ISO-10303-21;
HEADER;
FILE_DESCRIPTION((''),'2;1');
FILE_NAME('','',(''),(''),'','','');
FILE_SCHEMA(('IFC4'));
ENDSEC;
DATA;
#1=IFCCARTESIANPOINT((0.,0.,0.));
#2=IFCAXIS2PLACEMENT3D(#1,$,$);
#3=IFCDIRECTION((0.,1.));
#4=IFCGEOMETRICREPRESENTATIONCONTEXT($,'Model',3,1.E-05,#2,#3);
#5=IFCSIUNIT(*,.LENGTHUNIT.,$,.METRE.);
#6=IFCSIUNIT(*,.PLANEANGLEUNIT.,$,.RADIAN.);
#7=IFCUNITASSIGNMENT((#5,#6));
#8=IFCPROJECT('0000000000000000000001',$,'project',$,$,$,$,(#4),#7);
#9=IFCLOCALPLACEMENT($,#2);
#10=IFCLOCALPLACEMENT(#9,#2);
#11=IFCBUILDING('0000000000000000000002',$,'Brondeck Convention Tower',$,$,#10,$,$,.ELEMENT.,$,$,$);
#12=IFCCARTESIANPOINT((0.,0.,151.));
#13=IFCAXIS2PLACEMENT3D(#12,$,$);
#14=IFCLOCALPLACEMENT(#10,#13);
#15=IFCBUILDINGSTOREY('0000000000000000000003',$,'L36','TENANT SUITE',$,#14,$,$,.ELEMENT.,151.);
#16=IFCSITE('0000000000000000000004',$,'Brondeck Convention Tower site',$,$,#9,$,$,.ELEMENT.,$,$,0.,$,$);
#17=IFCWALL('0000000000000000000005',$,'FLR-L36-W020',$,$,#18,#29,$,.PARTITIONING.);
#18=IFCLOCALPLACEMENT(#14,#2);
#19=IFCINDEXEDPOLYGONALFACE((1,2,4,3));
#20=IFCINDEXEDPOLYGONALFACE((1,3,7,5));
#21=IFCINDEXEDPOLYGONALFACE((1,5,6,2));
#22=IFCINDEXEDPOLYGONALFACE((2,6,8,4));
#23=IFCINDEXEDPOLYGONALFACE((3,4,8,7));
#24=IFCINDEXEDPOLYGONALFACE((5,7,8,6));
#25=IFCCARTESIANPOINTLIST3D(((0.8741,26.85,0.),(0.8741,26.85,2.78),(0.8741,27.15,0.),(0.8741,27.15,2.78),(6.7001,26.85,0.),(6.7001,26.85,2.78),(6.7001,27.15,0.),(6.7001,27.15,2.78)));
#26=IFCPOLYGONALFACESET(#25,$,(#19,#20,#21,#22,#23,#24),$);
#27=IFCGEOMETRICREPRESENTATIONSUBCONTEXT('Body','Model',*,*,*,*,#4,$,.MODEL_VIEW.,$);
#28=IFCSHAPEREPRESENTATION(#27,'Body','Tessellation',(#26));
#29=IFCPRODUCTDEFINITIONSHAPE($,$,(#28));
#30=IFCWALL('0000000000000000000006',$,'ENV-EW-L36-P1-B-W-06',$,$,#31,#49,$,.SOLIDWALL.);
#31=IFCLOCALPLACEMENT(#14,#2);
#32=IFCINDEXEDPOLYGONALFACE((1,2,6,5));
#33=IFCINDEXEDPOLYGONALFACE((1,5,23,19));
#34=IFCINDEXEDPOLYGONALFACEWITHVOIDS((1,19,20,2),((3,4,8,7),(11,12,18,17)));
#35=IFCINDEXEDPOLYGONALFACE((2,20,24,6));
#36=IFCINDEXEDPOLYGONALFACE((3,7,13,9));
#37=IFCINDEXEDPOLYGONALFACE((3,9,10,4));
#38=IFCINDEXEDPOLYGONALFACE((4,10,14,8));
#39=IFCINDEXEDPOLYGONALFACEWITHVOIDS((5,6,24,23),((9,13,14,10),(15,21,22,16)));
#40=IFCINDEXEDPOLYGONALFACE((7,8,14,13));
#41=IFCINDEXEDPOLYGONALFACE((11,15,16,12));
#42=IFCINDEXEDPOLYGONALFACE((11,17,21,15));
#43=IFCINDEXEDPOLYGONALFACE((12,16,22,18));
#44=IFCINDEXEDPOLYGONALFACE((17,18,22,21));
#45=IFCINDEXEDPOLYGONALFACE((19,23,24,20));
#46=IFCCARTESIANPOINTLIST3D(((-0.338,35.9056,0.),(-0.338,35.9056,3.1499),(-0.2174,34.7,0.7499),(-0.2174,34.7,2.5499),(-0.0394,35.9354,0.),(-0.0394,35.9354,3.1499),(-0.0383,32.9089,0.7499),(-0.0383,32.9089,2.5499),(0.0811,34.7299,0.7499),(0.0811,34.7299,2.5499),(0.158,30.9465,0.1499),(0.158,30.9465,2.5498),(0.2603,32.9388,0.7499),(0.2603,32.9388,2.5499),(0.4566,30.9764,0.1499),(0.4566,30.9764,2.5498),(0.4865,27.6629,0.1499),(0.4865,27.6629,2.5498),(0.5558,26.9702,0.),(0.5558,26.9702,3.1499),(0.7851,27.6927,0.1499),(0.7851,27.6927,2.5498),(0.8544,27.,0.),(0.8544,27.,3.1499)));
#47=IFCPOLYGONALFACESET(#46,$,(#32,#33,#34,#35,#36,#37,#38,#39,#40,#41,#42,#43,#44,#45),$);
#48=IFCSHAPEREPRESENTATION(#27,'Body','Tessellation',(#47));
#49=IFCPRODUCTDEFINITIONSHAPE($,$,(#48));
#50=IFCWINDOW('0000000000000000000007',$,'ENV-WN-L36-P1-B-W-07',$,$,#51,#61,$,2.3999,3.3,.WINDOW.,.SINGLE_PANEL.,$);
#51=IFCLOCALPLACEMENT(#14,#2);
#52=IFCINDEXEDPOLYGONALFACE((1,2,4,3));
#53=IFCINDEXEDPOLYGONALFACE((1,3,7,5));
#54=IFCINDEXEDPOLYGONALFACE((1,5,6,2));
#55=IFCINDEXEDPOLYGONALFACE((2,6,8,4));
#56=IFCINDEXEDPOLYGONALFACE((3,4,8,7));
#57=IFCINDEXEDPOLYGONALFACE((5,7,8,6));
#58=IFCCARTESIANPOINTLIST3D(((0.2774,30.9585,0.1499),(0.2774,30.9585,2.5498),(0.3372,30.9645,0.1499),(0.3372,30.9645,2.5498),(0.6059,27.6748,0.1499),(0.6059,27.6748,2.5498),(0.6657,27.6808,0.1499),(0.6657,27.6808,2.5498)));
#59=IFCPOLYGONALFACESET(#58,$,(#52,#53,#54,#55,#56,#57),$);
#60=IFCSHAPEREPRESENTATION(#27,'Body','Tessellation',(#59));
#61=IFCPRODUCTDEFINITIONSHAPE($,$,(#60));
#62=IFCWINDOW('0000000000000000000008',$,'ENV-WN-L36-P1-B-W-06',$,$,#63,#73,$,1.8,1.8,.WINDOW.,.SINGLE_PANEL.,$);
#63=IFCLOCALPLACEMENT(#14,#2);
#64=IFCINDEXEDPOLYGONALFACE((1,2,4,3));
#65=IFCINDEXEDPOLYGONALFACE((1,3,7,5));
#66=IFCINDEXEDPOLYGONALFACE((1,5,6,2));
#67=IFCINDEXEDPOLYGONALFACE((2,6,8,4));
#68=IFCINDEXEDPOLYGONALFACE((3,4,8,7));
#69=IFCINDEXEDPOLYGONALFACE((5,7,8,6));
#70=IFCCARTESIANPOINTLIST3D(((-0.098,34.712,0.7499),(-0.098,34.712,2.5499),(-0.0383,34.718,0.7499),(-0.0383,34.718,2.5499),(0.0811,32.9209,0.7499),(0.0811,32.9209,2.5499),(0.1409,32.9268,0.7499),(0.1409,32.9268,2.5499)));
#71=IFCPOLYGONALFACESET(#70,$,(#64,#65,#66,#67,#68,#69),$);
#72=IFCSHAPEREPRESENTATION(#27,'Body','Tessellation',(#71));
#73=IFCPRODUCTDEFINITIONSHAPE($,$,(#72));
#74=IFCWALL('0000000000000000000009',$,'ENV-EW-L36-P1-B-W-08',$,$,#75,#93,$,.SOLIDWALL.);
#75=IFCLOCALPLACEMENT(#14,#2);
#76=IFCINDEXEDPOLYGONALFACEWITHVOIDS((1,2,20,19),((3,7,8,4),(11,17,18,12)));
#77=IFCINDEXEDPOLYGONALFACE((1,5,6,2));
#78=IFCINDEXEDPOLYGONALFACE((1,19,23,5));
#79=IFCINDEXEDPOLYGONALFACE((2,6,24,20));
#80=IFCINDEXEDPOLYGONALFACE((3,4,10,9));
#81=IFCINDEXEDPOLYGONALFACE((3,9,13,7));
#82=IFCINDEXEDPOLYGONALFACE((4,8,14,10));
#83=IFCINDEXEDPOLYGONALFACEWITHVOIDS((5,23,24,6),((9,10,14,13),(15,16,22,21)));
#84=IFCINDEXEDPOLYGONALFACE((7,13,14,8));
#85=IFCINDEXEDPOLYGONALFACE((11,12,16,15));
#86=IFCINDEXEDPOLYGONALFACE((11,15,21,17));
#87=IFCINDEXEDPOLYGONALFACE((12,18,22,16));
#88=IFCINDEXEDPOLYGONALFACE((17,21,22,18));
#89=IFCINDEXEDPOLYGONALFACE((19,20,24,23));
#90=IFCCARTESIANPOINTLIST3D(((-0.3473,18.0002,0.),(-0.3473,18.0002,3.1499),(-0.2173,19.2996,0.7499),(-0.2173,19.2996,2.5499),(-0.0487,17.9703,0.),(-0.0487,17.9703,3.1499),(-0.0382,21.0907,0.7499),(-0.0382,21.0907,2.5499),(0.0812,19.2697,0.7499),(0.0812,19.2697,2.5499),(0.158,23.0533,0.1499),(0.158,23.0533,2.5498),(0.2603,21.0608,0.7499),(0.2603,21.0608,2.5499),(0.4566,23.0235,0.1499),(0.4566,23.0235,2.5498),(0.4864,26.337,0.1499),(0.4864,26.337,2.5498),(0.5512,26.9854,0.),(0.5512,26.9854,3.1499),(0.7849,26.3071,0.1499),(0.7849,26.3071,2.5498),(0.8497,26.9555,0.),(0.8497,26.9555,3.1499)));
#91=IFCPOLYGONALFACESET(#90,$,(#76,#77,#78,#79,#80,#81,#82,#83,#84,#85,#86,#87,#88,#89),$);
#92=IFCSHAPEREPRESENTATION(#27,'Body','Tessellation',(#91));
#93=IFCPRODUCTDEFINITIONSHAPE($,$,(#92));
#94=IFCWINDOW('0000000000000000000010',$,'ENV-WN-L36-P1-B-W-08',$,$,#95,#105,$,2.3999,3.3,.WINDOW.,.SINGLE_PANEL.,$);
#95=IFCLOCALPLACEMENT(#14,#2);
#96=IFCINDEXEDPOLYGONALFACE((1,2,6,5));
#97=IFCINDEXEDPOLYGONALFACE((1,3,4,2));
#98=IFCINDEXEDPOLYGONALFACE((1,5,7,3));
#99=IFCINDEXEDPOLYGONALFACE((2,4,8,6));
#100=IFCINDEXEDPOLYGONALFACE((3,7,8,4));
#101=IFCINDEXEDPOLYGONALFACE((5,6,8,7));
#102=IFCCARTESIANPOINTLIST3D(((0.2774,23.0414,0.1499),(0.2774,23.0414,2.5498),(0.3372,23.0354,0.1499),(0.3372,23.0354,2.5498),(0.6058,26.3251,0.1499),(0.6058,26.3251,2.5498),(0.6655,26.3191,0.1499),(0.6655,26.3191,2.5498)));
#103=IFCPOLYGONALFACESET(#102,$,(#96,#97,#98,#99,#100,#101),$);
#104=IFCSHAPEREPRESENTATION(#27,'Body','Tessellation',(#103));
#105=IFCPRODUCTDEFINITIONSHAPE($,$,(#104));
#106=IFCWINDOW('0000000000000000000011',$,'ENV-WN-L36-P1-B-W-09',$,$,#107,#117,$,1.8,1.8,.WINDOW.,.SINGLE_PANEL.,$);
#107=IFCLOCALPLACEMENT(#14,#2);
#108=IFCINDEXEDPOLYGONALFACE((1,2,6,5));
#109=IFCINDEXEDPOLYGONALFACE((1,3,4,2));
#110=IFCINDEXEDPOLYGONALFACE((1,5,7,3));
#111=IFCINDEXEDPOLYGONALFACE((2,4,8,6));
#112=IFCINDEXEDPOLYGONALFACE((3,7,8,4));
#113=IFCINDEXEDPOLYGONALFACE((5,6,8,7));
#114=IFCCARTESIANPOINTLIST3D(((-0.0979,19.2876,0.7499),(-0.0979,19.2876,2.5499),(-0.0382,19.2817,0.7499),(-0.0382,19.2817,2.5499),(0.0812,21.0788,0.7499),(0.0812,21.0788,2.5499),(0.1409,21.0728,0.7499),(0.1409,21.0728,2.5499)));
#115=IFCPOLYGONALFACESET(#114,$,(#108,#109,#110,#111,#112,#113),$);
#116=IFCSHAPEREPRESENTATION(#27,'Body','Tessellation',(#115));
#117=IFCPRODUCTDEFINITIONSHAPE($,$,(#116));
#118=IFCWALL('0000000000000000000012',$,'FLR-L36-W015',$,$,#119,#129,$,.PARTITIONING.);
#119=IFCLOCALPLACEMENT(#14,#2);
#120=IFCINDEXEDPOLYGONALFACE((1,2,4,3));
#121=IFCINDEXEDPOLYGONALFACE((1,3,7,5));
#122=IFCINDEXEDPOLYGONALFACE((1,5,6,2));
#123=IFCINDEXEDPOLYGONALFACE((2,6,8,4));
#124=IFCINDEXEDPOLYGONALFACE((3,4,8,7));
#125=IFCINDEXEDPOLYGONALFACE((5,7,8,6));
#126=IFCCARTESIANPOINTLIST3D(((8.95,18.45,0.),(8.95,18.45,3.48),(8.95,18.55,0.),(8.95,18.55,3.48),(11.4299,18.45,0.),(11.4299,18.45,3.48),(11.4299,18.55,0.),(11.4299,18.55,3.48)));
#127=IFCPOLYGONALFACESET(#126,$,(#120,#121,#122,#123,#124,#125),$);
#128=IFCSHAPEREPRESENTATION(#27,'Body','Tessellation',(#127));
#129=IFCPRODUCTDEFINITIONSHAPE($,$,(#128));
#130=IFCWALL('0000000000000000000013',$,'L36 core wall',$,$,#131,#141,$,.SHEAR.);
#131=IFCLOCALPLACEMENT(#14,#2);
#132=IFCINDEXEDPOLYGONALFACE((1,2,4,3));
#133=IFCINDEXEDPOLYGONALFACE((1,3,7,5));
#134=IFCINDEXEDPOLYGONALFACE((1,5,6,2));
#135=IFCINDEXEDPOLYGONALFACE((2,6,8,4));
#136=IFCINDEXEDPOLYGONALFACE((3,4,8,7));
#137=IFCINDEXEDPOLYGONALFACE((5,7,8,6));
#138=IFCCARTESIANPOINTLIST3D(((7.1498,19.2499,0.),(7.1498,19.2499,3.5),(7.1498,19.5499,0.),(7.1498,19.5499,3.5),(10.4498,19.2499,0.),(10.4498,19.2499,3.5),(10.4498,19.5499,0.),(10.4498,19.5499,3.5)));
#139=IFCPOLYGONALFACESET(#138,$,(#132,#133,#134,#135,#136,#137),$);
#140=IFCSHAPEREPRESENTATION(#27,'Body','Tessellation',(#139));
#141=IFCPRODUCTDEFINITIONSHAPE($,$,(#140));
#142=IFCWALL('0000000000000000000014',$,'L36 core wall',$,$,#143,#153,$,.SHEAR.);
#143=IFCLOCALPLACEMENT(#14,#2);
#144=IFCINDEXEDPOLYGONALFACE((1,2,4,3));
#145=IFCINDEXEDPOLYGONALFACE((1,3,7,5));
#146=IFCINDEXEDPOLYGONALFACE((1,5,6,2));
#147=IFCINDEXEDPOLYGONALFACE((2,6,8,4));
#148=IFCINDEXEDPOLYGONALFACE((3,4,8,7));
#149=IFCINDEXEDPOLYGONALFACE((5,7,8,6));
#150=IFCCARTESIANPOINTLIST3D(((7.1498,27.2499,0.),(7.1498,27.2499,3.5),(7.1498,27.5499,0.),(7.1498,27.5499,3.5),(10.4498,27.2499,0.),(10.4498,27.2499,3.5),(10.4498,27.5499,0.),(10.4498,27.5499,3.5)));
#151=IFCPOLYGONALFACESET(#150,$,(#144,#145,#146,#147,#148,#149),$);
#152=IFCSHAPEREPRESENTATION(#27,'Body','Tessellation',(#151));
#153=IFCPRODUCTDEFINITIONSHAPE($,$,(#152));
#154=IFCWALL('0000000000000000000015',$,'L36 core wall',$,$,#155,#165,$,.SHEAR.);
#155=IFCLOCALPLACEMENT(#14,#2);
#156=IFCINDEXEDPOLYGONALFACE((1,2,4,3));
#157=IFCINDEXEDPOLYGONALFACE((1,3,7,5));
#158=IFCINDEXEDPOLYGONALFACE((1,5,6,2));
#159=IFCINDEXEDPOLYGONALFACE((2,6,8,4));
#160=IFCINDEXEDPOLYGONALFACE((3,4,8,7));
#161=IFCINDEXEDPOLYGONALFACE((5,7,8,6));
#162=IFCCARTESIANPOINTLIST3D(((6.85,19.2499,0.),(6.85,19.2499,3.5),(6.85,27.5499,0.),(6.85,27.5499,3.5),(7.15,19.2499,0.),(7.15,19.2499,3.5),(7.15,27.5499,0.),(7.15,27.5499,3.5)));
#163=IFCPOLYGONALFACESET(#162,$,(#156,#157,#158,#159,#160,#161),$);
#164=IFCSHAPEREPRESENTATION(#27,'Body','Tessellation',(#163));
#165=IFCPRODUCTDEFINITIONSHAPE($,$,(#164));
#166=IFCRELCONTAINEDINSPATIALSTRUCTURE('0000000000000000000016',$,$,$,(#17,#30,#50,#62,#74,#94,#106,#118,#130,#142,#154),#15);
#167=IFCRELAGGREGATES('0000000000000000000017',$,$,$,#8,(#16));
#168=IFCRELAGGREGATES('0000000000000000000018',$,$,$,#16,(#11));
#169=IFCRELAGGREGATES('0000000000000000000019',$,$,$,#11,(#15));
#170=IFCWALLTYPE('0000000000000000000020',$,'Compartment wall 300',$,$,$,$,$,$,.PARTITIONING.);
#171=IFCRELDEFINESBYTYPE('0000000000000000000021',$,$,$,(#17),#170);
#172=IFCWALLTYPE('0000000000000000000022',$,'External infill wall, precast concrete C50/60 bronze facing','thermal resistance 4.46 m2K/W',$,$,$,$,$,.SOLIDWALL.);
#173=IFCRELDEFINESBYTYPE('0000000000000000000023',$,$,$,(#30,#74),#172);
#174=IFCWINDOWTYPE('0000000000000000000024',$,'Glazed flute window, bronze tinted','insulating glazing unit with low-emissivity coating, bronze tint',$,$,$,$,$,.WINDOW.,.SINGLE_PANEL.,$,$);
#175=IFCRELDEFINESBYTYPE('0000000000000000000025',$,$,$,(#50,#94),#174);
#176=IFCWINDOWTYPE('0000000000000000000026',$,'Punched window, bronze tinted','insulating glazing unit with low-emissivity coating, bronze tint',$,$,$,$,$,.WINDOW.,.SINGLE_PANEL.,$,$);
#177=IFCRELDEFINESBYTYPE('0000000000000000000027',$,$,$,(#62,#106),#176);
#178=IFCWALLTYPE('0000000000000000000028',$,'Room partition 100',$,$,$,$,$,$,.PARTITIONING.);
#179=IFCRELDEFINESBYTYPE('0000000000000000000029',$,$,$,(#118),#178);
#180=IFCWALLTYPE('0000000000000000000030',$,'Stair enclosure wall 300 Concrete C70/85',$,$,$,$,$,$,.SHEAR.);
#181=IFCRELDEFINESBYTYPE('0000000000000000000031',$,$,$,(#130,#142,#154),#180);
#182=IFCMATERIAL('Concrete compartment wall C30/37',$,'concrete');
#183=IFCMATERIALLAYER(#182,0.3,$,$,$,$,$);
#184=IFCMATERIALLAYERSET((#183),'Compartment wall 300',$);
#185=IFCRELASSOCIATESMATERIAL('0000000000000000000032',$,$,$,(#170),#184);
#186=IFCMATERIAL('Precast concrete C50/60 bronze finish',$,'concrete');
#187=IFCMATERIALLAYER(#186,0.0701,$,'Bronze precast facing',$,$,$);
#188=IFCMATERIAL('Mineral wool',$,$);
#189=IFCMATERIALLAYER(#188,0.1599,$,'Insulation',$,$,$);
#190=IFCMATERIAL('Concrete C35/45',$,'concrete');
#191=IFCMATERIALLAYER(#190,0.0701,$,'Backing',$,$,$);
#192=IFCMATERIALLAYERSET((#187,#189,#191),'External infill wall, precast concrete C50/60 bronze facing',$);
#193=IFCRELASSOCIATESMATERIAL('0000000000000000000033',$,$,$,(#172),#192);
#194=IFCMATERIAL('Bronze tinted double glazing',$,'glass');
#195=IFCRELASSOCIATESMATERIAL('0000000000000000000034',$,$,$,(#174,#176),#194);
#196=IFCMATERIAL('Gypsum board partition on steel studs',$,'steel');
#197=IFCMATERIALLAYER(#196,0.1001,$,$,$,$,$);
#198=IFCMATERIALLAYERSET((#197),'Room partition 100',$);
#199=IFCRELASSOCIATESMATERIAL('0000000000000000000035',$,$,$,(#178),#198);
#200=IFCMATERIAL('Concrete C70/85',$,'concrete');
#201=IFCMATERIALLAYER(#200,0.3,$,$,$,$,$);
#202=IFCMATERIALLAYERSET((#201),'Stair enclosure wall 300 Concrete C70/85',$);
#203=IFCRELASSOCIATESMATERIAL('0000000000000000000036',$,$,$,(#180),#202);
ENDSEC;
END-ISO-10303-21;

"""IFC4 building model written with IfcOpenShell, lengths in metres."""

from ifc_helpers import new_model, si_unit, direction, frame, frame_2d, origin, place, context, subcontext, project, spatial, rectangle, extrude, material, layer, layer_set, type_object, element, fill, save


model = new_model("IFC4")

# Units and contexts
model_context = context("Model", 3, precision=1e-05, world=origin(), true_north=direction((0.0, 1.0)))
body_context = subcontext(model_context, "Body", "Model", "MODEL_VIEW")
ifc_project = project(units=[si_unit("LENGTHUNIT", "METRE"), si_unit("PLANEANGLEUNIT", "RADIAN")], contexts=[model_context])

# Site, building, storey
site_placement = place(None, origin())
site = spatial("IfcSite", under=ifc_project, at=site_placement, Name="Brondeck Convention Tower site", CompositionType="ELEMENT", RefElevation=0.0)
building_placement = place(site_placement, origin())
building = spatial("IfcBuilding", under=site, at=building_placement, Name="Brondeck Convention Tower", CompositionType="ELEMENT")
storey_placement = place(building_placement, frame((0.0, 0.0, 151.0)))
storey = spatial("IfcBuildingStorey", under=building, at=storey_placement, Name="L36", Description="TENANT SUITE", CompositionType="ELEMENT", Elevation=151.0)

# Shared definitions
ifc_material_1 = material(Name="Concrete C70/85", Category="concrete")

# Wall
ifc_material_2 = material(Name="Concrete compartment wall C30/37", Category="concrete")
ifc_layer_1 = layer(ifc_material_2, 0.3)
ifc_layer_set_1 = layer_set([ifc_layer_1], Name="Compartment wall 300")
wall_type_1 = type_object("IfcWallType", Name="Compartment wall 300", PredefinedType="PARTITIONING", material=ifc_layer_set_1)
wall_1_placement = place(storey_placement, frame((0.874, 27.0, 0.0), z_axis=(0.0, 0.0, 1.0), x_axis=(1.0, 0.0, 0.0)))
element("IfcWall", 1, at=wall_1_placement, inside=storey, type_object=wall_type_1, Name="FLR-L36-W020", PredefinedType="PARTITIONING", context=body_context, shape_type="SweptSolid", body=[
    extrude(rectangle(XDim=5.8259, YDim=0.3, at=frame_2d((2.9131, 0.0))), origin(), (0.0, 0.0, 1.0), 2.78),
])

# Walls, openings, windows
ifc_material_3 = material(Name="Precast concrete C50/60 bronze finish", Category="concrete")
ifc_layer_2 = layer(ifc_material_3, 0.0701, Name="Bronze precast facing")
ifc_material_4 = material(Name="Mineral wool")
ifc_layer_3 = layer(ifc_material_4, 0.1599, Name="Insulation")
ifc_material_5 = material(Name="Concrete C35/45", Category="concrete")
ifc_layer_4 = layer(ifc_material_5, 0.0701, Name="Backing")
ifc_layer_set_2 = layer_set([ifc_layer_2, ifc_layer_3, ifc_layer_4], Name="External infill wall, precast concrete C50/60 bronze facing")
wall_type_2 = type_object("IfcWallType", Name="External infill wall, precast concrete C50/60 bronze facing", Description="thermal resistance 4.46 m2K/W", PredefinedType="SOLIDWALL", material=ifc_layer_set_2)
wall_2_placement = place(storey_placement, frame((0.7051, 26.9851, 0.0), z_axis=(0.0, 0.0, 1.0), x_axis=(-0.099533, 0.995034, 0.0)))
wall_2 = element("IfcWall", 2, at=wall_2_placement, inside=storey, type_object=wall_type_2, Name="ENV-EW-L36-P1-B-W-06", PredefinedType="SOLIDWALL", context=body_context, shape_type="SweptSolid", body=[
    extrude(rectangle(XDim=8.98, YDim=0.3, at=frame_2d((4.49, 0.0))), origin(), (0.0, 0.0, 1.0), 3.1499),
])
opening_1_placement = place(wall_2_placement, frame((0.6963, 0.0, 0.1499)))
opening_1 = element("IfcOpeningElement", 3, at=opening_1_placement, cuts=wall_2, PredefinedType="OPENING", context=body_context, shape_type="SweptSolid", body=[
    extrude(rectangle(XDim=3.3, YDim=2.3999, at=frame_2d((1.6499, 1.2))), frame((0.0, 0.1599, 0.0), z_axis=(0.0, -1.0, 0.0), x_axis=(1.0, 0.0, 0.0)), (0.0, 0.0, 1.0), 0.3201),
])
opening_2_placement = place(wall_2_placement, frame((5.9685, 0.0, 0.75)))
opening_2 = element("IfcOpeningElement", 4, at=opening_2_placement, cuts=wall_2, PredefinedType="OPENING", context=body_context, shape_type="SweptSolid", body=[
    extrude(rectangle(XDim=1.8, YDim=1.8, at=frame_2d((0.8999, 0.8999))), frame((0.0, 0.1599, 0.0), z_axis=(0.0, -1.0, 0.0), x_axis=(1.0, 0.0, 0.0)), (0.0, 0.0, 1.0), 0.3201),
])
ifc_material_6 = material(Name="Bronze tinted double glazing", Category="glass")
window_type_1 = type_object("IfcWindowType", Name="Glazed flute window, bronze tinted", Description="insulating glazing unit with low-emissivity coating, bronze tint", PartitioningType="SINGLE_PANEL", PredefinedType="WINDOW", material=ifc_material_6)
window_1_placement = place(opening_1_placement, origin())
window_1 = element("IfcWindow", 5, at=window_1_placement, inside=storey, type_object=window_type_1, Name="ENV-WN-L36-P1-B-W-07", OverallHeight=2.3999, OverallWidth=3.3, PartitioningType="SINGLE_PANEL", PredefinedType="WINDOW", context=body_context, shape_type="SweptSolid", body=[
    extrude(rectangle(XDim=3.3, YDim=2.3999, at=frame_2d((1.6499, 1.2))), frame((0.0, 0.03, 0.0), z_axis=(0.0, -1.0, 0.0), x_axis=(1.0, 0.0, 0.0)), (0.0, 0.0, 1.0), 0.0601),
])
fill(opening_1, window_1)
window_type_2 = type_object("IfcWindowType", Name="Punched window, bronze tinted", Description="insulating glazing unit with low-emissivity coating, bronze tint", PartitioningType="SINGLE_PANEL", PredefinedType="WINDOW", material=ifc_material_6)
window_2_placement = place(opening_2_placement, origin())
window_2 = element("IfcWindow", 6, at=window_2_placement, inside=storey, type_object=window_type_2, Name="ENV-WN-L36-P1-B-W-06", OverallHeight=1.8, OverallWidth=1.8, PartitioningType="SINGLE_PANEL", PredefinedType="WINDOW", context=body_context, shape_type="SweptSolid", body=[
    extrude(rectangle(XDim=1.8, YDim=1.8, at=frame_2d((0.8999, 0.8999))), frame((0.0, 0.03, 0.0), z_axis=(0.0, -1.0, 0.0), x_axis=(1.0, 0.0, 0.0)), (0.0, 0.0, 1.0), 0.0601),
])
fill(opening_2, window_2)
wall_3_placement = place(storey_placement, frame((-0.198, 17.9851, 0.0), z_axis=(0.0, 0.0, 1.0), x_axis=(0.099496, 0.995038, 0.0)))
wall_3 = element("IfcWall", 7, at=wall_3_placement, inside=storey, type_object=wall_type_2, Name="ENV-EW-L36-P1-B-W-08", PredefinedType="SOLIDWALL", context=body_context, shape_type="SweptSolid", body=[
    extrude(rectangle(XDim=9.03, YDim=0.3, at=frame_2d((4.5151, 0.0))), origin(), (0.0, 0.0, 1.0), 3.1499),
])
opening_3_placement = place(wall_3_placement, frame((1.3062, 0.0, 0.75)))
opening_3 = element("IfcOpeningElement", 8, at=opening_3_placement, cuts=wall_3, PredefinedType="OPENING", context=body_context, shape_type="SweptSolid", body=[
    extrude(rectangle(XDim=1.8, YDim=1.8, at=frame_2d((0.8999, 0.8999))), frame((0.0, 0.1599, 0.0), z_axis=(0.0, -1.0, 0.0), x_axis=(1.0, 0.0, 0.0)), (0.0, 0.0, 1.0), 0.3201),
])
opening_4_placement = place(wall_3_placement, frame((5.0786, 0.0, 0.1499)))
opening_4 = element("IfcOpeningElement", 9, at=opening_4_placement, cuts=wall_3, PredefinedType="OPENING", context=body_context, shape_type="SweptSolid", body=[
    extrude(rectangle(XDim=3.3, YDim=2.3999, at=frame_2d((1.6499, 1.2))), frame((0.0, 0.1599, 0.0), z_axis=(0.0, -1.0, 0.0), x_axis=(1.0, 0.0, 0.0)), (0.0, 0.0, 1.0), 0.3201),
])
window_3_placement = place(opening_4_placement, origin())
window_3 = element("IfcWindow", 10, at=window_3_placement, inside=storey, type_object=window_type_1, Name="ENV-WN-L36-P1-B-W-08", OverallHeight=2.3999, OverallWidth=3.3, PartitioningType="SINGLE_PANEL", PredefinedType="WINDOW", context=body_context, shape_type="SweptSolid", body=[
    extrude(rectangle(XDim=3.3, YDim=2.3999, at=frame_2d((1.6499, 1.2))), frame((0.0, 0.03, 0.0), z_axis=(0.0, -1.0, 0.0), x_axis=(1.0, 0.0, 0.0)), (0.0, 0.0, 1.0), 0.0601),
])
fill(opening_4, window_3)
window_4_placement = place(opening_3_placement, origin())
window_4 = element("IfcWindow", 11, at=window_4_placement, inside=storey, type_object=window_type_2, Name="ENV-WN-L36-P1-B-W-09", OverallHeight=1.8, OverallWidth=1.8, PartitioningType="SINGLE_PANEL", PredefinedType="WINDOW", context=body_context, shape_type="SweptSolid", body=[
    extrude(rectangle(XDim=1.8, YDim=1.8, at=frame_2d((0.8999, 0.8999))), frame((0.0, 0.03, 0.0), z_axis=(0.0, -1.0, 0.0), x_axis=(1.0, 0.0, 0.0)), (0.0, 0.0, 1.0), 0.0601),
])
fill(opening_3, window_4)

# Walls
ifc_material_7 = material(Name="Gypsum board partition on steel studs", Category="steel")
ifc_layer_5 = layer(ifc_material_7, 0.1001)
ifc_layer_set_3 = layer_set([ifc_layer_5], Name="Room partition 100")
wall_type_3 = type_object("IfcWallType", Name="Room partition 100", PredefinedType="PARTITIONING", material=ifc_layer_set_3)
wall_4_placement = place(storey_placement, frame((8.95, 18.5, 0.0), z_axis=(0.0, 0.0, 1.0), x_axis=(1.0, 0.0, 0.0)))
element("IfcWall", 12, at=wall_4_placement, inside=storey, type_object=wall_type_3, Name="FLR-L36-W015", PredefinedType="PARTITIONING", context=body_context, shape_type="SweptSolid", body=[
    extrude(rectangle(XDim=2.48, YDim=0.1001, at=frame_2d((1.24, 0.0))), origin(), (0.0, 0.0, 1.0), 3.48),
])
ifc_layer_6 = layer(ifc_material_1, 0.3)
ifc_layer_set_4 = layer_set([ifc_layer_6], Name="Stair enclosure wall 300 Concrete C70/85")
wall_type_4 = type_object("IfcWallType", Name="Stair enclosure wall 300 Concrete C70/85", PredefinedType="SHEAR", material=ifc_layer_set_4)
for number, where, z_axis, x_axis, name in (
    (13, (7.1499, 19.3999, 0.0), (0.0, 0.0, 1.0), (1.0, 0.0, 0.0), "L36 core wall"),
    (14, (7.1499, 27.3999, 0.0), (0.0, 0.0, 1.0), (1.0, 0.0, 0.0), "L36 core wall"),
):
    element("IfcWall", number, at=place(storey_placement, frame(where, z_axis=z_axis, x_axis=x_axis)), inside=storey, type_object=wall_type_4, Name=name, PredefinedType="SHEAR", context=body_context, shape_type="SweptSolid", body=[
        extrude(rectangle(XDim=3.3, YDim=0.3, at=frame_2d((1.6499, 0.0))), origin(), (0.0, 0.0, 1.0), 3.5),
    ])
wall_5_placement = place(storey_placement, frame((7.0, 19.25, 0.0), z_axis=(0.0, 0.0, 1.0), x_axis=(0.0, 1.0, 0.0)))
element("IfcWall", 15, at=wall_5_placement, inside=storey, type_object=wall_type_4, Name="L36 core wall", PredefinedType="SHEAR", context=body_context, shape_type="SweptSolid", body=[
    extrude(rectangle(XDim=8.3, YDim=0.3, at=frame_2d((4.1499, 0.0))), origin(), (0.0, 0.0, 1.0), 3.5),
])

save(model, "model.ifc")
